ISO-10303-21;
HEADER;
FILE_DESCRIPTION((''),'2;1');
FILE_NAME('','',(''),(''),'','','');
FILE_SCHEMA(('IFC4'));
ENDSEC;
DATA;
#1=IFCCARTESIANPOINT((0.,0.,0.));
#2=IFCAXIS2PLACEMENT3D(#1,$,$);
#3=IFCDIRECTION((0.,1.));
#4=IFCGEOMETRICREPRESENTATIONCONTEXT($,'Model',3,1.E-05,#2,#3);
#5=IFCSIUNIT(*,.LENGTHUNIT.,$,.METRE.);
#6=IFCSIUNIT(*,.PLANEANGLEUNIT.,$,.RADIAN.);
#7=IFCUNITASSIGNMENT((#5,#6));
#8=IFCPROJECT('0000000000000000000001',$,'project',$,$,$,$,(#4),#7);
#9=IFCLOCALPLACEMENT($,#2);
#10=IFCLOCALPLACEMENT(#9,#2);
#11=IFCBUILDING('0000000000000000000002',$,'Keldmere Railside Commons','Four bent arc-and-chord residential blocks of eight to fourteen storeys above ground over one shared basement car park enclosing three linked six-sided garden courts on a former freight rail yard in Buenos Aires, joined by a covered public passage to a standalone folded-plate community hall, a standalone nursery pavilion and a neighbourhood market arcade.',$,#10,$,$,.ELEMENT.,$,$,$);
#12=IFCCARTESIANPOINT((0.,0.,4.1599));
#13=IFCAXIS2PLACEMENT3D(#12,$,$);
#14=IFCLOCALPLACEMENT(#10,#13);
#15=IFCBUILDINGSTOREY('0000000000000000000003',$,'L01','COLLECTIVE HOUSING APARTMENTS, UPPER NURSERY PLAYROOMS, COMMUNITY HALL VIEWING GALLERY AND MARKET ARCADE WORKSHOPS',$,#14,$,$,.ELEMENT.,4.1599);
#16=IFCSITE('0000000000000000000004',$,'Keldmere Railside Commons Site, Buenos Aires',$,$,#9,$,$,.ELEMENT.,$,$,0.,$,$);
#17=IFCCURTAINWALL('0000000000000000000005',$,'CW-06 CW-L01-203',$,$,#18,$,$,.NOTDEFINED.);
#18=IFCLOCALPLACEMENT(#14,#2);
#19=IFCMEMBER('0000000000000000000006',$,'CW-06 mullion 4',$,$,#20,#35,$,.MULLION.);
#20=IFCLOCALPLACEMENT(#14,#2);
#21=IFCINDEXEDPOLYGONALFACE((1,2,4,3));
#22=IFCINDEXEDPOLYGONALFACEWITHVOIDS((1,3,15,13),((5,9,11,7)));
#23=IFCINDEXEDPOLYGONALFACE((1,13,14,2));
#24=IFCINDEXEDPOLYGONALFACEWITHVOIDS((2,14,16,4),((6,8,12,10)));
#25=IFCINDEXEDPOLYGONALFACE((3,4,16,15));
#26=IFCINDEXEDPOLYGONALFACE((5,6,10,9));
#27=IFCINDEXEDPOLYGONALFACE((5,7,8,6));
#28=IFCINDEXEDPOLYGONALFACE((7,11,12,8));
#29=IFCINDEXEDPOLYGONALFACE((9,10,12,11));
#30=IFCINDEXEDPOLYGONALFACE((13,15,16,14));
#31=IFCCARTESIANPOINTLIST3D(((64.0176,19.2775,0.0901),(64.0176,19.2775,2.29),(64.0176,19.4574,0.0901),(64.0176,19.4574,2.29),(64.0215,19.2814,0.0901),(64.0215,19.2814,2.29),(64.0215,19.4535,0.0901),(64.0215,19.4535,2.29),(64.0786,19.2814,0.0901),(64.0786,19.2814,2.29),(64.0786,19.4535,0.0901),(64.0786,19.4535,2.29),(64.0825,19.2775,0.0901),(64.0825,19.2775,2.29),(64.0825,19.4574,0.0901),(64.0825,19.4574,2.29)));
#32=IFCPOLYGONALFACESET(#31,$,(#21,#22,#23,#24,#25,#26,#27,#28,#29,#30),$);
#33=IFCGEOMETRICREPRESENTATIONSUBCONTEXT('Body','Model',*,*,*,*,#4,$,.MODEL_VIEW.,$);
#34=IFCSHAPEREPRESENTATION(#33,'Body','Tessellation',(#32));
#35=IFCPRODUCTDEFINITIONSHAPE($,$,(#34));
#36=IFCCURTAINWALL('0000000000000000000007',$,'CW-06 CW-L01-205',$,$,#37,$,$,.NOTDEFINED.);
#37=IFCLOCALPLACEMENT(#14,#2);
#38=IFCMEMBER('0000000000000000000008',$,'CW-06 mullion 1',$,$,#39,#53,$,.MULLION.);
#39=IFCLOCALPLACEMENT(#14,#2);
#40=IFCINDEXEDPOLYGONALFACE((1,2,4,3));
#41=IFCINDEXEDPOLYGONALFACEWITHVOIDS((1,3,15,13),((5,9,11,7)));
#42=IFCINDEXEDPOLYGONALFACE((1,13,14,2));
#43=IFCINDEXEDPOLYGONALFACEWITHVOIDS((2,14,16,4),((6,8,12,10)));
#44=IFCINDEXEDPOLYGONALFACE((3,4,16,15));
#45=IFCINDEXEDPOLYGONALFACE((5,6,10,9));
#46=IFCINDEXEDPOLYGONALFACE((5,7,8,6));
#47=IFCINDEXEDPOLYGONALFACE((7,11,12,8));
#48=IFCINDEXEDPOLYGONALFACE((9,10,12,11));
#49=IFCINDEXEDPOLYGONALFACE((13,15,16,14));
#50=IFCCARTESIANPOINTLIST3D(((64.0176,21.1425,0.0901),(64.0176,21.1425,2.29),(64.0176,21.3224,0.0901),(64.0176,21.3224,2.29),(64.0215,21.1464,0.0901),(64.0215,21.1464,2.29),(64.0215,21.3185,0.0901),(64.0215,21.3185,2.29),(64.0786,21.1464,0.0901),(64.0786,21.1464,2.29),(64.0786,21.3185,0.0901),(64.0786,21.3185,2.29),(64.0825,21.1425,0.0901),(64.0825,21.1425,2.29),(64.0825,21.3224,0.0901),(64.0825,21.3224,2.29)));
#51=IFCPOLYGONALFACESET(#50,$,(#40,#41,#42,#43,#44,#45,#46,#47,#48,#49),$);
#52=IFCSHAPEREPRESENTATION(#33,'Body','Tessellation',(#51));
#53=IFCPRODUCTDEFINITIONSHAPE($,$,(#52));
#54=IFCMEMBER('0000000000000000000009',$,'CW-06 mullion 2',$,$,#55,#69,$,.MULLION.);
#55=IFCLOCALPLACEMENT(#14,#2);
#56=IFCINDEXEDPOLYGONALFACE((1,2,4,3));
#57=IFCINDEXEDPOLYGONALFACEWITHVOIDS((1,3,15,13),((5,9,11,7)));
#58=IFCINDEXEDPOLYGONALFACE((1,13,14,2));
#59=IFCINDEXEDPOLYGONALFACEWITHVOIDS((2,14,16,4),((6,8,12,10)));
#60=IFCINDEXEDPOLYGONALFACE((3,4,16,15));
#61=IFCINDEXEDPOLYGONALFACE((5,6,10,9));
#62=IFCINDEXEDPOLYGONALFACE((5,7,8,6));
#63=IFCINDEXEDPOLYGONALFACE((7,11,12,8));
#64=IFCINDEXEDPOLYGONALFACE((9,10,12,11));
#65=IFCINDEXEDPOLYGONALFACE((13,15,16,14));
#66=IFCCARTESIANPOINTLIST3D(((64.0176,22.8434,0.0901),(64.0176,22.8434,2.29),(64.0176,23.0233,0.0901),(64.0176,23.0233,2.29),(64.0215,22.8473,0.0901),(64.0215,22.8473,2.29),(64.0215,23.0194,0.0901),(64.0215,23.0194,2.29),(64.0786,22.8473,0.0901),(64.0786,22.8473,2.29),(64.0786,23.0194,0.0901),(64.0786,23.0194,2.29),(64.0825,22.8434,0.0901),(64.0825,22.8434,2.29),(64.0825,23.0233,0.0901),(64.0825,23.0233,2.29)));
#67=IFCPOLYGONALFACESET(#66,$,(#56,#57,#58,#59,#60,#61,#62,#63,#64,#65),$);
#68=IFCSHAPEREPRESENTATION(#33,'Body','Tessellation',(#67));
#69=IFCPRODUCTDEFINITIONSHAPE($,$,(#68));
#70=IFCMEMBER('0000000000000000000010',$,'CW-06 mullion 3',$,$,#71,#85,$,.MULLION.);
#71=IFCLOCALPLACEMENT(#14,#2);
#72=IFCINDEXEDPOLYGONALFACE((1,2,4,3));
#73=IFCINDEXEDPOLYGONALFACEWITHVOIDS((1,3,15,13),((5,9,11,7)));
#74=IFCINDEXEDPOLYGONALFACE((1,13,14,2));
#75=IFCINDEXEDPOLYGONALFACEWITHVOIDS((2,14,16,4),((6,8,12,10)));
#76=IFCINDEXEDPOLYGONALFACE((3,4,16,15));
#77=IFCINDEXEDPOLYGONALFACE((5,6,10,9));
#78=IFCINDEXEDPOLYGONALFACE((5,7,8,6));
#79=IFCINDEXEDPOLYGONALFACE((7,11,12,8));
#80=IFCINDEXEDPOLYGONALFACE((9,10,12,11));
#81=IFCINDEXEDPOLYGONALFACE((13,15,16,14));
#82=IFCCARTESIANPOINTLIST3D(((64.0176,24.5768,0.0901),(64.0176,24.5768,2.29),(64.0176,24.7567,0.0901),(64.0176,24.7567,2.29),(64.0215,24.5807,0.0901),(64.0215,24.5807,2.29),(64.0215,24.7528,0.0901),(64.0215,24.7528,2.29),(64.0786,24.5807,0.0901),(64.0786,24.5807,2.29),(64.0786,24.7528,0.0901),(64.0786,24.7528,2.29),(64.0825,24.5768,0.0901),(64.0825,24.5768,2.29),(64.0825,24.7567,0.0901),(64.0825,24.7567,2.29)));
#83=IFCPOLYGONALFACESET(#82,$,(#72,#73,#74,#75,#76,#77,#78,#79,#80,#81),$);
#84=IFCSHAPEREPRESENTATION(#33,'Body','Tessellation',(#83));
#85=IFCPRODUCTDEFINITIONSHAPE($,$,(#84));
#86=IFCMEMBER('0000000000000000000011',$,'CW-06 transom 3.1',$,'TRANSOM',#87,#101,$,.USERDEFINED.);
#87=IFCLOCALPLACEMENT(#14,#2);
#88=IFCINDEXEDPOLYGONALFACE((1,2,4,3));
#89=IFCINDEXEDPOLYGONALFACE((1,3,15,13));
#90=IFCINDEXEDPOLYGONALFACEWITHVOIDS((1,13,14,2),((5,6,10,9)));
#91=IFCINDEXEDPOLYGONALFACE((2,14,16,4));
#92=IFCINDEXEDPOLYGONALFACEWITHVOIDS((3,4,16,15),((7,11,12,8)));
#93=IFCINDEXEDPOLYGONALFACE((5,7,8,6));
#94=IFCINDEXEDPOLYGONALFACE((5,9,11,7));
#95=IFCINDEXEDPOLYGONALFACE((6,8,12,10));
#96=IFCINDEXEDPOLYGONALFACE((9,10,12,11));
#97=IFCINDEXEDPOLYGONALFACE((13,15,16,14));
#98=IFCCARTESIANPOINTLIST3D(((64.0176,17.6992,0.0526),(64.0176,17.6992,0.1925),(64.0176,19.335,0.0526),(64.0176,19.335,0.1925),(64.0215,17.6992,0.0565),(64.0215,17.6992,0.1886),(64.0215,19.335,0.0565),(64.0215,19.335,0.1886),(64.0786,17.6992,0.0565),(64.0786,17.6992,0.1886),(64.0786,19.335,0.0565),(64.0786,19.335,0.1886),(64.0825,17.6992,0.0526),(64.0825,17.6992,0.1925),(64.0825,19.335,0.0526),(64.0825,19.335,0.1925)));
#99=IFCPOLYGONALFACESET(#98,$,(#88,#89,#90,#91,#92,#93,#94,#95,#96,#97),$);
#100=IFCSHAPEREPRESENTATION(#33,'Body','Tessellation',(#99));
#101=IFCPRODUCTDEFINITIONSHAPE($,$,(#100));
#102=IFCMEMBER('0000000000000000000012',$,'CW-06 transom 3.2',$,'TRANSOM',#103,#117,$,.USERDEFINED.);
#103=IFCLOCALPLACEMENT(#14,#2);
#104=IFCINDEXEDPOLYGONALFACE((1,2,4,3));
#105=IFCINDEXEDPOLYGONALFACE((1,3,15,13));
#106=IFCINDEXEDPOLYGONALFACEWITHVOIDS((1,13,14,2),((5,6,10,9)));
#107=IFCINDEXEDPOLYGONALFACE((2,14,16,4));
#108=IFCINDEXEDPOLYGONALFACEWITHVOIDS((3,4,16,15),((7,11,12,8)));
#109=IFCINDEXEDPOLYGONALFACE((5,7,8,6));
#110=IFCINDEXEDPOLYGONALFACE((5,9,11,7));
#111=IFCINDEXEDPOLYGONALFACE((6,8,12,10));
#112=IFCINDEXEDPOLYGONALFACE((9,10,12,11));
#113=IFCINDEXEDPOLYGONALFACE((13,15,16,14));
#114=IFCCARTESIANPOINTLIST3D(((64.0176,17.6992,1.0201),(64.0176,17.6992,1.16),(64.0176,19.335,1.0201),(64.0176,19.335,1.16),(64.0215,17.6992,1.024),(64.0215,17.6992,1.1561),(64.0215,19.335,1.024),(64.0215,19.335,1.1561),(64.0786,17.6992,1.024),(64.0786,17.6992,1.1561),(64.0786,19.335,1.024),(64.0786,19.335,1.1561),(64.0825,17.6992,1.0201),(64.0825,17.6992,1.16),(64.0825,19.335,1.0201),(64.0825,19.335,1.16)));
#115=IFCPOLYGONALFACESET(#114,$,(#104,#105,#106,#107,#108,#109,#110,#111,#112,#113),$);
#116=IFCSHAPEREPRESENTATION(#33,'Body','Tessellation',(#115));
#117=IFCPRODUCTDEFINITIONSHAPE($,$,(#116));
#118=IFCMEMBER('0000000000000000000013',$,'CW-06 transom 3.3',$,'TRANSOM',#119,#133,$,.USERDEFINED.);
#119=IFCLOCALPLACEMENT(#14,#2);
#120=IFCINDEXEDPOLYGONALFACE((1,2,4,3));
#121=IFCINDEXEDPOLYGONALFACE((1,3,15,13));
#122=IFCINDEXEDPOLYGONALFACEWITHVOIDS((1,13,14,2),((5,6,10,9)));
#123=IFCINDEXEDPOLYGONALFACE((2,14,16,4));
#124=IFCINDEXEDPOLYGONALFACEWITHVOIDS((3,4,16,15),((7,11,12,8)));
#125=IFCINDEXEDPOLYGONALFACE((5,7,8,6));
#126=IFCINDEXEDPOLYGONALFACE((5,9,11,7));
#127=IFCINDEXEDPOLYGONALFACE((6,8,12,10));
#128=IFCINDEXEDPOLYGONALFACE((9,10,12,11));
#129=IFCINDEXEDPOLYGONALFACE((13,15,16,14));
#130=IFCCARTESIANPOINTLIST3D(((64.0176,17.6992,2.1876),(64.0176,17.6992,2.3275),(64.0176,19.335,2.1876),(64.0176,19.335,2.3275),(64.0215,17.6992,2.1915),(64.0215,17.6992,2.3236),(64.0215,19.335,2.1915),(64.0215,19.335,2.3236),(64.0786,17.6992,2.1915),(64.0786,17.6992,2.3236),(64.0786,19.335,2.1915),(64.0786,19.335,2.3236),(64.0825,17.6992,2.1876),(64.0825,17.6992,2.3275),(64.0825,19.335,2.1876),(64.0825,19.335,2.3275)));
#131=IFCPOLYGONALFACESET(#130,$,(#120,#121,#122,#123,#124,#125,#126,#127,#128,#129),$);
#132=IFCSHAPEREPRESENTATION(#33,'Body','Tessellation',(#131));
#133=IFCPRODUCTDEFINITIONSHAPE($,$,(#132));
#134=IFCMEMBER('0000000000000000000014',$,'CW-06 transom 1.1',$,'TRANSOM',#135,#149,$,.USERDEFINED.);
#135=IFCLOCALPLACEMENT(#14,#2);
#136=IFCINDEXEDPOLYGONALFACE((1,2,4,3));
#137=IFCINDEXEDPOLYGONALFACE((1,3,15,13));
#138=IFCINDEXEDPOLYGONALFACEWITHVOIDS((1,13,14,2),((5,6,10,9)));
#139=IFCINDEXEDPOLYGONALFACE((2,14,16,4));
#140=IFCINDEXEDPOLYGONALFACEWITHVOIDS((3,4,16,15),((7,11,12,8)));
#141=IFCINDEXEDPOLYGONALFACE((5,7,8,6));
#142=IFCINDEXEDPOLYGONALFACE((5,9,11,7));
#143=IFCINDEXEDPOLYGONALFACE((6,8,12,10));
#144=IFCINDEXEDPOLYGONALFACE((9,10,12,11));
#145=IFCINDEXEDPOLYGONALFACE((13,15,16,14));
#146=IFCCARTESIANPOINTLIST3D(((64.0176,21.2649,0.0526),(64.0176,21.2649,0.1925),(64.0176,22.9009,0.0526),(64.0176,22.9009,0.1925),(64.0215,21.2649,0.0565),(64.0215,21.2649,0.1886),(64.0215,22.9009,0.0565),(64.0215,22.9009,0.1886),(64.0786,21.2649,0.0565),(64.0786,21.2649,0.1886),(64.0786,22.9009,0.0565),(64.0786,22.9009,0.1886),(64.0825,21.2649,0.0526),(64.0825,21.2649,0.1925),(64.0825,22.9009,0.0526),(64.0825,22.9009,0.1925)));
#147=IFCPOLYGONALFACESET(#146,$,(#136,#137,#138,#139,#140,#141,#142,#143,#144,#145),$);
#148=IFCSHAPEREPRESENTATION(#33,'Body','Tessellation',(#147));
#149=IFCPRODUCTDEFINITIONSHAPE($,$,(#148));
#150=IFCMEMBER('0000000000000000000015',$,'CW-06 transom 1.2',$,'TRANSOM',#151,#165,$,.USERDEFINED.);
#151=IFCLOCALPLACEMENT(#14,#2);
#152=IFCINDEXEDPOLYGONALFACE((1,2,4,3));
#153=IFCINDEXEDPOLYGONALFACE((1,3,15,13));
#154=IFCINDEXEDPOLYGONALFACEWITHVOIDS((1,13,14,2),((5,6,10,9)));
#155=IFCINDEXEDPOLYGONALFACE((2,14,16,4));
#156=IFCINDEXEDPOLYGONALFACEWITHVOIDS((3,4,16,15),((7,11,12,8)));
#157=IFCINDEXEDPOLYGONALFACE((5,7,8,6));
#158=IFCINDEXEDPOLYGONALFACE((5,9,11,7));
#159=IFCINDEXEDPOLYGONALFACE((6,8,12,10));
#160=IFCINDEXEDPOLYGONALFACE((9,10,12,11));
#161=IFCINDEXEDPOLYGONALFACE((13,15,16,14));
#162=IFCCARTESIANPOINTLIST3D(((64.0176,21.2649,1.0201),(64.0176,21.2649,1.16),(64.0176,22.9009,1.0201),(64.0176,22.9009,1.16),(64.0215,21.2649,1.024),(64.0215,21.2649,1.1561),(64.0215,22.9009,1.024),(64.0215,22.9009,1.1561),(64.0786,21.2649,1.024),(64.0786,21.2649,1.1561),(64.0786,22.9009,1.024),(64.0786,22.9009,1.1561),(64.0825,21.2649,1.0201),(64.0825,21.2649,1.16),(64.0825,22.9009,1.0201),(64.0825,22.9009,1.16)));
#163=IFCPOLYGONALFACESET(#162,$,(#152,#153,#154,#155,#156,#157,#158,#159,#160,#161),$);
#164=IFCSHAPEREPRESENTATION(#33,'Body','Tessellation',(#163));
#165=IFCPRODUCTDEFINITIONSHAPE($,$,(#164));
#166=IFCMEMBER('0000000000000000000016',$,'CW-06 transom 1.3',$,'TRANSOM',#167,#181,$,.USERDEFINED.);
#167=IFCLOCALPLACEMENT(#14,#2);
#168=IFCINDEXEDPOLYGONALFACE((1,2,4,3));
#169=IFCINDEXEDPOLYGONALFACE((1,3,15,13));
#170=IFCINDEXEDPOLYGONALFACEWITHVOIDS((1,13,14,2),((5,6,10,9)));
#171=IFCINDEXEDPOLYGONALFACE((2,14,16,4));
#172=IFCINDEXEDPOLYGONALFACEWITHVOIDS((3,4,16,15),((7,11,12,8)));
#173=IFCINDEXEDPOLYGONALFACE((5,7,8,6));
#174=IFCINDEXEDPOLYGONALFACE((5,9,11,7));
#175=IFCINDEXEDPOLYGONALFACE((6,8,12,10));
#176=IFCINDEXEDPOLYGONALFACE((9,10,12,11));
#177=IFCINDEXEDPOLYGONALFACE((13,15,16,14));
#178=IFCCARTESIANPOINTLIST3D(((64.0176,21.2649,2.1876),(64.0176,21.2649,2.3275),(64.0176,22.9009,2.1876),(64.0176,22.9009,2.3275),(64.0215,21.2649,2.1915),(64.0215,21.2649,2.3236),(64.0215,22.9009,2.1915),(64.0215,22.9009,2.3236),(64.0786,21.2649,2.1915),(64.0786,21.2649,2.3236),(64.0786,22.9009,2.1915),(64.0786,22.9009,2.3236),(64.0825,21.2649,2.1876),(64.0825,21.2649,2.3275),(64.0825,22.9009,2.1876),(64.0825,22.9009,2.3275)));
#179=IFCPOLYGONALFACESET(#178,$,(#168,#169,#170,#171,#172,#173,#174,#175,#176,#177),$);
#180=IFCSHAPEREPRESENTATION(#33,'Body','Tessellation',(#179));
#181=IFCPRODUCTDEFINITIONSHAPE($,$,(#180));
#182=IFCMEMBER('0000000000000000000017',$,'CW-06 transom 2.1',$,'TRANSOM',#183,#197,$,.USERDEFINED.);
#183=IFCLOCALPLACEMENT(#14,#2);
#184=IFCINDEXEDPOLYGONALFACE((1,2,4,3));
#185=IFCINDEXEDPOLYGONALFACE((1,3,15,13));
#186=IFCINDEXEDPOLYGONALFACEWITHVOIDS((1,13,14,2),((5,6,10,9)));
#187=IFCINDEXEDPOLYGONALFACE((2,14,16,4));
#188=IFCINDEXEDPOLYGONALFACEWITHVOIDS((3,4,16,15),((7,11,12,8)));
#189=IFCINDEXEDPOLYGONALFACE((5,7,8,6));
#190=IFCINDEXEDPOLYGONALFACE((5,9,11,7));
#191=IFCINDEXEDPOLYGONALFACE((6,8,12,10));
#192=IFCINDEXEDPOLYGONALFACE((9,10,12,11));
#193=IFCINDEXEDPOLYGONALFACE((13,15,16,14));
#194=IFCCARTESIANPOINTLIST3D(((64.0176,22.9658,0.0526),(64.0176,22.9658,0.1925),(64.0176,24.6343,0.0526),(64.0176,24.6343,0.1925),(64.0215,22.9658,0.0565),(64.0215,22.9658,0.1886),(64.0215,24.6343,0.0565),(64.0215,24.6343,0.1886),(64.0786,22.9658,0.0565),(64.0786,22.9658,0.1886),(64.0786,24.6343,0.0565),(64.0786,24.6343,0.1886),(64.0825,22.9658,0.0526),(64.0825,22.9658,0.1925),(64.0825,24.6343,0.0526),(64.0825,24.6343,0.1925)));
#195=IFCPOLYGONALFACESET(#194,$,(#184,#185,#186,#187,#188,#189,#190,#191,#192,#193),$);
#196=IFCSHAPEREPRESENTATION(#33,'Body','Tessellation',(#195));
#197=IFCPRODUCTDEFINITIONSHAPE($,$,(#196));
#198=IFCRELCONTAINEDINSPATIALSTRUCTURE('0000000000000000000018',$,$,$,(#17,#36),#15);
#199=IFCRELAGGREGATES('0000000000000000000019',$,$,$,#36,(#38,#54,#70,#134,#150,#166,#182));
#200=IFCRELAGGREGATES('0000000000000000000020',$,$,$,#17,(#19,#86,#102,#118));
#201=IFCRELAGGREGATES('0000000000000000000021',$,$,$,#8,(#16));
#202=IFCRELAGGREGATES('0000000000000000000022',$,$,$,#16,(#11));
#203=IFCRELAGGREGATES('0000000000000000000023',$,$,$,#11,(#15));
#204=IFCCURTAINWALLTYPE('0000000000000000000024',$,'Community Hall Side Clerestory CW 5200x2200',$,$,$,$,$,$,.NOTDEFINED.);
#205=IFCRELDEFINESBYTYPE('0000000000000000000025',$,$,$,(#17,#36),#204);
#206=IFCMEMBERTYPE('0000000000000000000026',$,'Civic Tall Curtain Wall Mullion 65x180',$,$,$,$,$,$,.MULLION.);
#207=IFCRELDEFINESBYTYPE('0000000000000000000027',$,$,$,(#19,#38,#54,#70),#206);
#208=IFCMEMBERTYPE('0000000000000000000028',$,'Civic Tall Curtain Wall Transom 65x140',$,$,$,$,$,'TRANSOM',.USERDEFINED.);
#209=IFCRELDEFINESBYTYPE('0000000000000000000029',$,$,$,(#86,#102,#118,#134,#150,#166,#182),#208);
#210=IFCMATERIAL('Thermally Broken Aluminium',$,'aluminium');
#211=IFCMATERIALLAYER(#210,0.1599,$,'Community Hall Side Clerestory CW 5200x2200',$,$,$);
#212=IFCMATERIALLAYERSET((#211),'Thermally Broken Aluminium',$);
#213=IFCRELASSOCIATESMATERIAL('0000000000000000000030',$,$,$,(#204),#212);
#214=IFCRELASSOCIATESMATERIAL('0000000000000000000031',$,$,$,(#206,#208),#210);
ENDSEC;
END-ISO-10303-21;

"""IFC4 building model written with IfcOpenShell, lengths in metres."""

from ifc_helpers import new_model, si_unit, direction, frame, origin, origin_2d, place, context, subcontext, project, spatial, hollow_rectangle, extrude, material, layer, layer_set, material_profile, profile_set, type_object, element, aggregate, save


model = new_model("IFC4")

# Units and contexts
model_context = context("Model", 3, precision=1e-05, world=origin(), true_north=direction((0.0, 1.0)))
body_context = subcontext(model_context, "Body", "Model", "MODEL_VIEW")
ifc_project = project(units=[si_unit("LENGTHUNIT", "METRE"), si_unit("PLANEANGLEUNIT", "RADIAN")], contexts=[model_context])

# Site, building, storey
site_placement = place(None, origin())
site = spatial("IfcSite", under=ifc_project, at=site_placement, Name="Keldmere Railside Commons Site, Buenos Aires", CompositionType="ELEMENT", RefElevation=0.0)
building_placement = place(site_placement, origin())
building = spatial("IfcBuilding", under=site, at=building_placement, Name="Keldmere Railside Commons", Description="Four bent arc-and-chord residential blocks of eight to fourteen storeys above ground over one shared basement car park enclosing three linked six-sided garden courts on a former freight rail yard in Buenos Aires, joined by a covered public passage to a standalone folded-plate community hall, a standalone nursery pavilion and a neighbourhood market arcade.", CompositionType="ELEMENT")
storey_placement = place(building_placement, frame((0.0, 0.0, 4.1599)))
storey = spatial("IfcBuildingStorey", under=building, at=storey_placement, Name="L01", Description="COLLECTIVE HOUSING APARTMENTS, UPPER NURSERY PLAYROOMS, COMMUNITY HALL VIEWING GALLERY AND MARKET ARCADE WORKSHOPS", CompositionType="ELEMENT", Elevation=4.1599)

# Curtain wall, member
ifc_material_1 = material(Name="Thermally Broken Aluminium", Category="aluminium")
ifc_layer_1 = layer(ifc_material_1, 0.1599, Name="Community Hall Side Clerestory CW 5200x2200")
ifc_layer_set_1 = layer_set([ifc_layer_1], Name="Thermally Broken Aluminium")
curtain_wall_type = type_object("IfcCurtainWallType", Name="Community Hall Side Clerestory CW 5200x2200", PredefinedType="NOTDEFINED", material=ifc_layer_set_1)
curtain_wall_1_placement = place(storey_placement, origin())
curtain_wall_1 = element("IfcCurtainWall", 1, at=curtain_wall_1_placement, inside=storey, type_object=curtain_wall_type, Name="CW-06 CW-L01-203", PredefinedType="NOTDEFINED")
ifc_material_profile_1 = material_profile(ifc_material_1, hollow_rectangle(XDim=0.0649, YDim=0.1799, WallThickness=0.0039, at=origin_2d()), Name="ALU-MULL-65x180")
ifc_profile_set_1 = profile_set([ifc_material_profile_1], Name="Thermally Broken Aluminium")
member_type_1 = type_object("IfcMemberType", Name="Civic Tall Curtain Wall Mullion 65x180", PredefinedType="MULLION", material=ifc_profile_set_1)
member_1_placement = place(storey_placement, frame((64.05, 19.3674, 0.0901), z_axis=(0.0, 0.0, 1.0), x_axis=(-1.0, 0.0, 0.0)))
member_1 = element("IfcMember", 2, at=member_1_placement, type_object=member_type_1, Name="CW-06 mullion 4", PredefinedType="MULLION", context=body_context, shape_type="SweptSolid", body=[
    extrude(hollow_rectangle(XDim=0.0649, YDim=0.1799, WallThickness=0.0039, at=origin_2d()), origin(), (0.0, 0.0, 1.0), 2.2),
])

# Curtain wall, members
curtain_wall_2_placement = place(storey_placement, origin())
curtain_wall_2 = element("IfcCurtainWall", 3, at=curtain_wall_2_placement, inside=storey, type_object=curtain_wall_type, Name="CW-06 CW-L01-205", PredefinedType="NOTDEFINED")
member_2_placement = place(storey_placement, frame((64.05, 21.2324, 0.0901), z_axis=(0.0, 0.0, 1.0), x_axis=(-1.0, 0.0, 0.0)))
member_2 = element("IfcMember", 4, at=member_2_placement, type_object=member_type_1, Name="CW-06 mullion 1", PredefinedType="MULLION", context=body_context, shape_type="SweptSolid", body=[
    extrude(hollow_rectangle(XDim=0.0649, YDim=0.1799, WallThickness=0.0039, at=origin_2d()), origin(), (0.0, 0.0, 1.0), 2.2),
])
member_3_placement = place(storey_placement, frame((64.05, 22.9333, 0.0901), z_axis=(0.0, 0.0, 1.0), x_axis=(-1.0, 0.0, 0.0)))
member_3 = element("IfcMember", 5, at=member_3_placement, type_object=member_type_1, Name="CW-06 mullion 2", PredefinedType="MULLION", context=body_context, shape_type="SweptSolid", body=[
    extrude(hollow_rectangle(XDim=0.0649, YDim=0.1799, WallThickness=0.0039, at=origin_2d()), origin(), (0.0, 0.0, 1.0), 2.2),
])
member_4_placement = place(storey_placement, frame((64.05, 24.6667, 0.0901), z_axis=(0.0, 0.0, 1.0), x_axis=(-1.0, 0.0, 0.0)))
member_4 = element("IfcMember", 6, at=member_4_placement, type_object=member_type_1, Name="CW-06 mullion 3", PredefinedType="MULLION", context=body_context, shape_type="SweptSolid", body=[
    extrude(hollow_rectangle(XDim=0.0649, YDim=0.1799, WallThickness=0.0039, at=origin_2d()), origin(), (0.0, 0.0, 1.0), 2.2),
])

# Members
ifc_material_profile_2 = material_profile(ifc_material_1, hollow_rectangle(XDim=0.0649, YDim=0.1399, WallThickness=0.0039, at=origin_2d()), Name="ALU-TRAN-65x140")
ifc_profile_set_2 = profile_set([ifc_material_profile_2], Name="Thermally Broken Aluminium")
member_type_2 = type_object("IfcMemberType", Name="Civic Tall Curtain Wall Transom 65x140", ElementType="TRANSOM", PredefinedType="USERDEFINED", material=ifc_profile_set_2)
member_5_placement = place(storey_placement, frame((64.05, 17.6992, 0.1226), z_axis=(0.0, 1.0, 0.0), x_axis=(-1.0, 0.0, 0.0)))
member_5 = element("IfcMember", 7, at=member_5_placement, type_object=member_type_2, Name="CW-06 transom 3.1", ObjectType="TRANSOM", PredefinedType="USERDEFINED", context=body_context, shape_type="SweptSolid", body=[
    extrude(hollow_rectangle(XDim=0.0649, YDim=0.1399, WallThickness=0.0039, at=origin_2d()), origin(), (0.0, 0.0, 1.0), 1.6357),
])
member_6_placement = place(storey_placement, frame((64.05, 17.6992, 1.0901), z_axis=(0.0, 1.0, 0.0), x_axis=(-1.0, 0.0, 0.0)))
member_6 = element("IfcMember", 8, at=member_6_placement, type_object=member_type_2, Name="CW-06 transom 3.2", ObjectType="TRANSOM", PredefinedType="USERDEFINED", context=body_context, shape_type="SweptSolid", body=[
    extrude(hollow_rectangle(XDim=0.0649, YDim=0.1399, WallThickness=0.0039, at=origin_2d()), origin(), (0.0, 0.0, 1.0), 1.6357),
])
member_7_placement = place(storey_placement, frame((64.05, 17.6992, 2.2576), z_axis=(0.0, 1.0, 0.0), x_axis=(-1.0, 0.0, 0.0)))
member_7 = element("IfcMember", 9, at=member_7_placement, type_object=member_type_2, Name="CW-06 transom 3.3", ObjectType="TRANSOM", PredefinedType="USERDEFINED", context=body_context, shape_type="SweptSolid", body=[
    extrude(hollow_rectangle(XDim=0.0649, YDim=0.1399, WallThickness=0.0039, at=origin_2d()), origin(), (0.0, 0.0, 1.0), 1.6357),
])
member_8_placement = place(storey_placement, frame((64.05, 21.2649, 0.1226), z_axis=(0.0, 1.0, 0.0), x_axis=(-1.0, 0.0, 0.0)))
member_8 = element("IfcMember", 10, at=member_8_placement, type_object=member_type_2, Name="CW-06 transom 1.1", ObjectType="TRANSOM", PredefinedType="USERDEFINED", context=body_context, shape_type="SweptSolid", body=[
    extrude(hollow_rectangle(XDim=0.0649, YDim=0.1399, WallThickness=0.0039, at=origin_2d()), origin(), (0.0, 0.0, 1.0), 1.636),
])
member_9_placement = place(storey_placement, frame((64.05, 21.2649, 1.0901), z_axis=(0.0, 1.0, 0.0), x_axis=(-1.0, 0.0, 0.0)))
member_9 = element("IfcMember", 11, at=member_9_placement, type_object=member_type_2, Name="CW-06 transom 1.2", ObjectType="TRANSOM", PredefinedType="USERDEFINED", context=body_context, shape_type="SweptSolid", body=[
    extrude(hollow_rectangle(XDim=0.0649, YDim=0.1399, WallThickness=0.0039, at=origin_2d()), origin(), (0.0, 0.0, 1.0), 1.636),
])
member_10_placement = place(storey_placement, frame((64.05, 21.2649, 2.2576), z_axis=(0.0, 1.0, 0.0), x_axis=(-1.0, 0.0, 0.0)))
member_10 = element("IfcMember", 12, at=member_10_placement, type_object=member_type_2, Name="CW-06 transom 1.3", ObjectType="TRANSOM", PredefinedType="USERDEFINED", context=body_context, shape_type="SweptSolid", body=[
    extrude(hollow_rectangle(XDim=0.0649, YDim=0.1399, WallThickness=0.0039, at=origin_2d()), origin(), (0.0, 0.0, 1.0), 1.636),
])
member_11_placement = place(storey_placement, frame((64.05, 22.9658, 0.1226), z_axis=(0.0, 1.0, 0.0), x_axis=(-1.0, 0.0, 0.0)))
member_11 = element("IfcMember", 13, at=member_11_placement, type_object=member_type_2, Name="CW-06 transom 2.1", ObjectType="TRANSOM", PredefinedType="USERDEFINED", context=body_context, shape_type="SweptSolid", body=[
    extrude(hollow_rectangle(XDim=0.0649, YDim=0.1399, WallThickness=0.0039, at=origin_2d()), origin(), (0.0, 0.0, 1.0), 1.6685),
])

aggregate(curtain_wall_2, [member_2, member_3, member_4, member_8, member_9, member_10, member_11])
aggregate(curtain_wall_1, [member_1, member_5, member_6, member_7])

save(model, "model.ifc")
